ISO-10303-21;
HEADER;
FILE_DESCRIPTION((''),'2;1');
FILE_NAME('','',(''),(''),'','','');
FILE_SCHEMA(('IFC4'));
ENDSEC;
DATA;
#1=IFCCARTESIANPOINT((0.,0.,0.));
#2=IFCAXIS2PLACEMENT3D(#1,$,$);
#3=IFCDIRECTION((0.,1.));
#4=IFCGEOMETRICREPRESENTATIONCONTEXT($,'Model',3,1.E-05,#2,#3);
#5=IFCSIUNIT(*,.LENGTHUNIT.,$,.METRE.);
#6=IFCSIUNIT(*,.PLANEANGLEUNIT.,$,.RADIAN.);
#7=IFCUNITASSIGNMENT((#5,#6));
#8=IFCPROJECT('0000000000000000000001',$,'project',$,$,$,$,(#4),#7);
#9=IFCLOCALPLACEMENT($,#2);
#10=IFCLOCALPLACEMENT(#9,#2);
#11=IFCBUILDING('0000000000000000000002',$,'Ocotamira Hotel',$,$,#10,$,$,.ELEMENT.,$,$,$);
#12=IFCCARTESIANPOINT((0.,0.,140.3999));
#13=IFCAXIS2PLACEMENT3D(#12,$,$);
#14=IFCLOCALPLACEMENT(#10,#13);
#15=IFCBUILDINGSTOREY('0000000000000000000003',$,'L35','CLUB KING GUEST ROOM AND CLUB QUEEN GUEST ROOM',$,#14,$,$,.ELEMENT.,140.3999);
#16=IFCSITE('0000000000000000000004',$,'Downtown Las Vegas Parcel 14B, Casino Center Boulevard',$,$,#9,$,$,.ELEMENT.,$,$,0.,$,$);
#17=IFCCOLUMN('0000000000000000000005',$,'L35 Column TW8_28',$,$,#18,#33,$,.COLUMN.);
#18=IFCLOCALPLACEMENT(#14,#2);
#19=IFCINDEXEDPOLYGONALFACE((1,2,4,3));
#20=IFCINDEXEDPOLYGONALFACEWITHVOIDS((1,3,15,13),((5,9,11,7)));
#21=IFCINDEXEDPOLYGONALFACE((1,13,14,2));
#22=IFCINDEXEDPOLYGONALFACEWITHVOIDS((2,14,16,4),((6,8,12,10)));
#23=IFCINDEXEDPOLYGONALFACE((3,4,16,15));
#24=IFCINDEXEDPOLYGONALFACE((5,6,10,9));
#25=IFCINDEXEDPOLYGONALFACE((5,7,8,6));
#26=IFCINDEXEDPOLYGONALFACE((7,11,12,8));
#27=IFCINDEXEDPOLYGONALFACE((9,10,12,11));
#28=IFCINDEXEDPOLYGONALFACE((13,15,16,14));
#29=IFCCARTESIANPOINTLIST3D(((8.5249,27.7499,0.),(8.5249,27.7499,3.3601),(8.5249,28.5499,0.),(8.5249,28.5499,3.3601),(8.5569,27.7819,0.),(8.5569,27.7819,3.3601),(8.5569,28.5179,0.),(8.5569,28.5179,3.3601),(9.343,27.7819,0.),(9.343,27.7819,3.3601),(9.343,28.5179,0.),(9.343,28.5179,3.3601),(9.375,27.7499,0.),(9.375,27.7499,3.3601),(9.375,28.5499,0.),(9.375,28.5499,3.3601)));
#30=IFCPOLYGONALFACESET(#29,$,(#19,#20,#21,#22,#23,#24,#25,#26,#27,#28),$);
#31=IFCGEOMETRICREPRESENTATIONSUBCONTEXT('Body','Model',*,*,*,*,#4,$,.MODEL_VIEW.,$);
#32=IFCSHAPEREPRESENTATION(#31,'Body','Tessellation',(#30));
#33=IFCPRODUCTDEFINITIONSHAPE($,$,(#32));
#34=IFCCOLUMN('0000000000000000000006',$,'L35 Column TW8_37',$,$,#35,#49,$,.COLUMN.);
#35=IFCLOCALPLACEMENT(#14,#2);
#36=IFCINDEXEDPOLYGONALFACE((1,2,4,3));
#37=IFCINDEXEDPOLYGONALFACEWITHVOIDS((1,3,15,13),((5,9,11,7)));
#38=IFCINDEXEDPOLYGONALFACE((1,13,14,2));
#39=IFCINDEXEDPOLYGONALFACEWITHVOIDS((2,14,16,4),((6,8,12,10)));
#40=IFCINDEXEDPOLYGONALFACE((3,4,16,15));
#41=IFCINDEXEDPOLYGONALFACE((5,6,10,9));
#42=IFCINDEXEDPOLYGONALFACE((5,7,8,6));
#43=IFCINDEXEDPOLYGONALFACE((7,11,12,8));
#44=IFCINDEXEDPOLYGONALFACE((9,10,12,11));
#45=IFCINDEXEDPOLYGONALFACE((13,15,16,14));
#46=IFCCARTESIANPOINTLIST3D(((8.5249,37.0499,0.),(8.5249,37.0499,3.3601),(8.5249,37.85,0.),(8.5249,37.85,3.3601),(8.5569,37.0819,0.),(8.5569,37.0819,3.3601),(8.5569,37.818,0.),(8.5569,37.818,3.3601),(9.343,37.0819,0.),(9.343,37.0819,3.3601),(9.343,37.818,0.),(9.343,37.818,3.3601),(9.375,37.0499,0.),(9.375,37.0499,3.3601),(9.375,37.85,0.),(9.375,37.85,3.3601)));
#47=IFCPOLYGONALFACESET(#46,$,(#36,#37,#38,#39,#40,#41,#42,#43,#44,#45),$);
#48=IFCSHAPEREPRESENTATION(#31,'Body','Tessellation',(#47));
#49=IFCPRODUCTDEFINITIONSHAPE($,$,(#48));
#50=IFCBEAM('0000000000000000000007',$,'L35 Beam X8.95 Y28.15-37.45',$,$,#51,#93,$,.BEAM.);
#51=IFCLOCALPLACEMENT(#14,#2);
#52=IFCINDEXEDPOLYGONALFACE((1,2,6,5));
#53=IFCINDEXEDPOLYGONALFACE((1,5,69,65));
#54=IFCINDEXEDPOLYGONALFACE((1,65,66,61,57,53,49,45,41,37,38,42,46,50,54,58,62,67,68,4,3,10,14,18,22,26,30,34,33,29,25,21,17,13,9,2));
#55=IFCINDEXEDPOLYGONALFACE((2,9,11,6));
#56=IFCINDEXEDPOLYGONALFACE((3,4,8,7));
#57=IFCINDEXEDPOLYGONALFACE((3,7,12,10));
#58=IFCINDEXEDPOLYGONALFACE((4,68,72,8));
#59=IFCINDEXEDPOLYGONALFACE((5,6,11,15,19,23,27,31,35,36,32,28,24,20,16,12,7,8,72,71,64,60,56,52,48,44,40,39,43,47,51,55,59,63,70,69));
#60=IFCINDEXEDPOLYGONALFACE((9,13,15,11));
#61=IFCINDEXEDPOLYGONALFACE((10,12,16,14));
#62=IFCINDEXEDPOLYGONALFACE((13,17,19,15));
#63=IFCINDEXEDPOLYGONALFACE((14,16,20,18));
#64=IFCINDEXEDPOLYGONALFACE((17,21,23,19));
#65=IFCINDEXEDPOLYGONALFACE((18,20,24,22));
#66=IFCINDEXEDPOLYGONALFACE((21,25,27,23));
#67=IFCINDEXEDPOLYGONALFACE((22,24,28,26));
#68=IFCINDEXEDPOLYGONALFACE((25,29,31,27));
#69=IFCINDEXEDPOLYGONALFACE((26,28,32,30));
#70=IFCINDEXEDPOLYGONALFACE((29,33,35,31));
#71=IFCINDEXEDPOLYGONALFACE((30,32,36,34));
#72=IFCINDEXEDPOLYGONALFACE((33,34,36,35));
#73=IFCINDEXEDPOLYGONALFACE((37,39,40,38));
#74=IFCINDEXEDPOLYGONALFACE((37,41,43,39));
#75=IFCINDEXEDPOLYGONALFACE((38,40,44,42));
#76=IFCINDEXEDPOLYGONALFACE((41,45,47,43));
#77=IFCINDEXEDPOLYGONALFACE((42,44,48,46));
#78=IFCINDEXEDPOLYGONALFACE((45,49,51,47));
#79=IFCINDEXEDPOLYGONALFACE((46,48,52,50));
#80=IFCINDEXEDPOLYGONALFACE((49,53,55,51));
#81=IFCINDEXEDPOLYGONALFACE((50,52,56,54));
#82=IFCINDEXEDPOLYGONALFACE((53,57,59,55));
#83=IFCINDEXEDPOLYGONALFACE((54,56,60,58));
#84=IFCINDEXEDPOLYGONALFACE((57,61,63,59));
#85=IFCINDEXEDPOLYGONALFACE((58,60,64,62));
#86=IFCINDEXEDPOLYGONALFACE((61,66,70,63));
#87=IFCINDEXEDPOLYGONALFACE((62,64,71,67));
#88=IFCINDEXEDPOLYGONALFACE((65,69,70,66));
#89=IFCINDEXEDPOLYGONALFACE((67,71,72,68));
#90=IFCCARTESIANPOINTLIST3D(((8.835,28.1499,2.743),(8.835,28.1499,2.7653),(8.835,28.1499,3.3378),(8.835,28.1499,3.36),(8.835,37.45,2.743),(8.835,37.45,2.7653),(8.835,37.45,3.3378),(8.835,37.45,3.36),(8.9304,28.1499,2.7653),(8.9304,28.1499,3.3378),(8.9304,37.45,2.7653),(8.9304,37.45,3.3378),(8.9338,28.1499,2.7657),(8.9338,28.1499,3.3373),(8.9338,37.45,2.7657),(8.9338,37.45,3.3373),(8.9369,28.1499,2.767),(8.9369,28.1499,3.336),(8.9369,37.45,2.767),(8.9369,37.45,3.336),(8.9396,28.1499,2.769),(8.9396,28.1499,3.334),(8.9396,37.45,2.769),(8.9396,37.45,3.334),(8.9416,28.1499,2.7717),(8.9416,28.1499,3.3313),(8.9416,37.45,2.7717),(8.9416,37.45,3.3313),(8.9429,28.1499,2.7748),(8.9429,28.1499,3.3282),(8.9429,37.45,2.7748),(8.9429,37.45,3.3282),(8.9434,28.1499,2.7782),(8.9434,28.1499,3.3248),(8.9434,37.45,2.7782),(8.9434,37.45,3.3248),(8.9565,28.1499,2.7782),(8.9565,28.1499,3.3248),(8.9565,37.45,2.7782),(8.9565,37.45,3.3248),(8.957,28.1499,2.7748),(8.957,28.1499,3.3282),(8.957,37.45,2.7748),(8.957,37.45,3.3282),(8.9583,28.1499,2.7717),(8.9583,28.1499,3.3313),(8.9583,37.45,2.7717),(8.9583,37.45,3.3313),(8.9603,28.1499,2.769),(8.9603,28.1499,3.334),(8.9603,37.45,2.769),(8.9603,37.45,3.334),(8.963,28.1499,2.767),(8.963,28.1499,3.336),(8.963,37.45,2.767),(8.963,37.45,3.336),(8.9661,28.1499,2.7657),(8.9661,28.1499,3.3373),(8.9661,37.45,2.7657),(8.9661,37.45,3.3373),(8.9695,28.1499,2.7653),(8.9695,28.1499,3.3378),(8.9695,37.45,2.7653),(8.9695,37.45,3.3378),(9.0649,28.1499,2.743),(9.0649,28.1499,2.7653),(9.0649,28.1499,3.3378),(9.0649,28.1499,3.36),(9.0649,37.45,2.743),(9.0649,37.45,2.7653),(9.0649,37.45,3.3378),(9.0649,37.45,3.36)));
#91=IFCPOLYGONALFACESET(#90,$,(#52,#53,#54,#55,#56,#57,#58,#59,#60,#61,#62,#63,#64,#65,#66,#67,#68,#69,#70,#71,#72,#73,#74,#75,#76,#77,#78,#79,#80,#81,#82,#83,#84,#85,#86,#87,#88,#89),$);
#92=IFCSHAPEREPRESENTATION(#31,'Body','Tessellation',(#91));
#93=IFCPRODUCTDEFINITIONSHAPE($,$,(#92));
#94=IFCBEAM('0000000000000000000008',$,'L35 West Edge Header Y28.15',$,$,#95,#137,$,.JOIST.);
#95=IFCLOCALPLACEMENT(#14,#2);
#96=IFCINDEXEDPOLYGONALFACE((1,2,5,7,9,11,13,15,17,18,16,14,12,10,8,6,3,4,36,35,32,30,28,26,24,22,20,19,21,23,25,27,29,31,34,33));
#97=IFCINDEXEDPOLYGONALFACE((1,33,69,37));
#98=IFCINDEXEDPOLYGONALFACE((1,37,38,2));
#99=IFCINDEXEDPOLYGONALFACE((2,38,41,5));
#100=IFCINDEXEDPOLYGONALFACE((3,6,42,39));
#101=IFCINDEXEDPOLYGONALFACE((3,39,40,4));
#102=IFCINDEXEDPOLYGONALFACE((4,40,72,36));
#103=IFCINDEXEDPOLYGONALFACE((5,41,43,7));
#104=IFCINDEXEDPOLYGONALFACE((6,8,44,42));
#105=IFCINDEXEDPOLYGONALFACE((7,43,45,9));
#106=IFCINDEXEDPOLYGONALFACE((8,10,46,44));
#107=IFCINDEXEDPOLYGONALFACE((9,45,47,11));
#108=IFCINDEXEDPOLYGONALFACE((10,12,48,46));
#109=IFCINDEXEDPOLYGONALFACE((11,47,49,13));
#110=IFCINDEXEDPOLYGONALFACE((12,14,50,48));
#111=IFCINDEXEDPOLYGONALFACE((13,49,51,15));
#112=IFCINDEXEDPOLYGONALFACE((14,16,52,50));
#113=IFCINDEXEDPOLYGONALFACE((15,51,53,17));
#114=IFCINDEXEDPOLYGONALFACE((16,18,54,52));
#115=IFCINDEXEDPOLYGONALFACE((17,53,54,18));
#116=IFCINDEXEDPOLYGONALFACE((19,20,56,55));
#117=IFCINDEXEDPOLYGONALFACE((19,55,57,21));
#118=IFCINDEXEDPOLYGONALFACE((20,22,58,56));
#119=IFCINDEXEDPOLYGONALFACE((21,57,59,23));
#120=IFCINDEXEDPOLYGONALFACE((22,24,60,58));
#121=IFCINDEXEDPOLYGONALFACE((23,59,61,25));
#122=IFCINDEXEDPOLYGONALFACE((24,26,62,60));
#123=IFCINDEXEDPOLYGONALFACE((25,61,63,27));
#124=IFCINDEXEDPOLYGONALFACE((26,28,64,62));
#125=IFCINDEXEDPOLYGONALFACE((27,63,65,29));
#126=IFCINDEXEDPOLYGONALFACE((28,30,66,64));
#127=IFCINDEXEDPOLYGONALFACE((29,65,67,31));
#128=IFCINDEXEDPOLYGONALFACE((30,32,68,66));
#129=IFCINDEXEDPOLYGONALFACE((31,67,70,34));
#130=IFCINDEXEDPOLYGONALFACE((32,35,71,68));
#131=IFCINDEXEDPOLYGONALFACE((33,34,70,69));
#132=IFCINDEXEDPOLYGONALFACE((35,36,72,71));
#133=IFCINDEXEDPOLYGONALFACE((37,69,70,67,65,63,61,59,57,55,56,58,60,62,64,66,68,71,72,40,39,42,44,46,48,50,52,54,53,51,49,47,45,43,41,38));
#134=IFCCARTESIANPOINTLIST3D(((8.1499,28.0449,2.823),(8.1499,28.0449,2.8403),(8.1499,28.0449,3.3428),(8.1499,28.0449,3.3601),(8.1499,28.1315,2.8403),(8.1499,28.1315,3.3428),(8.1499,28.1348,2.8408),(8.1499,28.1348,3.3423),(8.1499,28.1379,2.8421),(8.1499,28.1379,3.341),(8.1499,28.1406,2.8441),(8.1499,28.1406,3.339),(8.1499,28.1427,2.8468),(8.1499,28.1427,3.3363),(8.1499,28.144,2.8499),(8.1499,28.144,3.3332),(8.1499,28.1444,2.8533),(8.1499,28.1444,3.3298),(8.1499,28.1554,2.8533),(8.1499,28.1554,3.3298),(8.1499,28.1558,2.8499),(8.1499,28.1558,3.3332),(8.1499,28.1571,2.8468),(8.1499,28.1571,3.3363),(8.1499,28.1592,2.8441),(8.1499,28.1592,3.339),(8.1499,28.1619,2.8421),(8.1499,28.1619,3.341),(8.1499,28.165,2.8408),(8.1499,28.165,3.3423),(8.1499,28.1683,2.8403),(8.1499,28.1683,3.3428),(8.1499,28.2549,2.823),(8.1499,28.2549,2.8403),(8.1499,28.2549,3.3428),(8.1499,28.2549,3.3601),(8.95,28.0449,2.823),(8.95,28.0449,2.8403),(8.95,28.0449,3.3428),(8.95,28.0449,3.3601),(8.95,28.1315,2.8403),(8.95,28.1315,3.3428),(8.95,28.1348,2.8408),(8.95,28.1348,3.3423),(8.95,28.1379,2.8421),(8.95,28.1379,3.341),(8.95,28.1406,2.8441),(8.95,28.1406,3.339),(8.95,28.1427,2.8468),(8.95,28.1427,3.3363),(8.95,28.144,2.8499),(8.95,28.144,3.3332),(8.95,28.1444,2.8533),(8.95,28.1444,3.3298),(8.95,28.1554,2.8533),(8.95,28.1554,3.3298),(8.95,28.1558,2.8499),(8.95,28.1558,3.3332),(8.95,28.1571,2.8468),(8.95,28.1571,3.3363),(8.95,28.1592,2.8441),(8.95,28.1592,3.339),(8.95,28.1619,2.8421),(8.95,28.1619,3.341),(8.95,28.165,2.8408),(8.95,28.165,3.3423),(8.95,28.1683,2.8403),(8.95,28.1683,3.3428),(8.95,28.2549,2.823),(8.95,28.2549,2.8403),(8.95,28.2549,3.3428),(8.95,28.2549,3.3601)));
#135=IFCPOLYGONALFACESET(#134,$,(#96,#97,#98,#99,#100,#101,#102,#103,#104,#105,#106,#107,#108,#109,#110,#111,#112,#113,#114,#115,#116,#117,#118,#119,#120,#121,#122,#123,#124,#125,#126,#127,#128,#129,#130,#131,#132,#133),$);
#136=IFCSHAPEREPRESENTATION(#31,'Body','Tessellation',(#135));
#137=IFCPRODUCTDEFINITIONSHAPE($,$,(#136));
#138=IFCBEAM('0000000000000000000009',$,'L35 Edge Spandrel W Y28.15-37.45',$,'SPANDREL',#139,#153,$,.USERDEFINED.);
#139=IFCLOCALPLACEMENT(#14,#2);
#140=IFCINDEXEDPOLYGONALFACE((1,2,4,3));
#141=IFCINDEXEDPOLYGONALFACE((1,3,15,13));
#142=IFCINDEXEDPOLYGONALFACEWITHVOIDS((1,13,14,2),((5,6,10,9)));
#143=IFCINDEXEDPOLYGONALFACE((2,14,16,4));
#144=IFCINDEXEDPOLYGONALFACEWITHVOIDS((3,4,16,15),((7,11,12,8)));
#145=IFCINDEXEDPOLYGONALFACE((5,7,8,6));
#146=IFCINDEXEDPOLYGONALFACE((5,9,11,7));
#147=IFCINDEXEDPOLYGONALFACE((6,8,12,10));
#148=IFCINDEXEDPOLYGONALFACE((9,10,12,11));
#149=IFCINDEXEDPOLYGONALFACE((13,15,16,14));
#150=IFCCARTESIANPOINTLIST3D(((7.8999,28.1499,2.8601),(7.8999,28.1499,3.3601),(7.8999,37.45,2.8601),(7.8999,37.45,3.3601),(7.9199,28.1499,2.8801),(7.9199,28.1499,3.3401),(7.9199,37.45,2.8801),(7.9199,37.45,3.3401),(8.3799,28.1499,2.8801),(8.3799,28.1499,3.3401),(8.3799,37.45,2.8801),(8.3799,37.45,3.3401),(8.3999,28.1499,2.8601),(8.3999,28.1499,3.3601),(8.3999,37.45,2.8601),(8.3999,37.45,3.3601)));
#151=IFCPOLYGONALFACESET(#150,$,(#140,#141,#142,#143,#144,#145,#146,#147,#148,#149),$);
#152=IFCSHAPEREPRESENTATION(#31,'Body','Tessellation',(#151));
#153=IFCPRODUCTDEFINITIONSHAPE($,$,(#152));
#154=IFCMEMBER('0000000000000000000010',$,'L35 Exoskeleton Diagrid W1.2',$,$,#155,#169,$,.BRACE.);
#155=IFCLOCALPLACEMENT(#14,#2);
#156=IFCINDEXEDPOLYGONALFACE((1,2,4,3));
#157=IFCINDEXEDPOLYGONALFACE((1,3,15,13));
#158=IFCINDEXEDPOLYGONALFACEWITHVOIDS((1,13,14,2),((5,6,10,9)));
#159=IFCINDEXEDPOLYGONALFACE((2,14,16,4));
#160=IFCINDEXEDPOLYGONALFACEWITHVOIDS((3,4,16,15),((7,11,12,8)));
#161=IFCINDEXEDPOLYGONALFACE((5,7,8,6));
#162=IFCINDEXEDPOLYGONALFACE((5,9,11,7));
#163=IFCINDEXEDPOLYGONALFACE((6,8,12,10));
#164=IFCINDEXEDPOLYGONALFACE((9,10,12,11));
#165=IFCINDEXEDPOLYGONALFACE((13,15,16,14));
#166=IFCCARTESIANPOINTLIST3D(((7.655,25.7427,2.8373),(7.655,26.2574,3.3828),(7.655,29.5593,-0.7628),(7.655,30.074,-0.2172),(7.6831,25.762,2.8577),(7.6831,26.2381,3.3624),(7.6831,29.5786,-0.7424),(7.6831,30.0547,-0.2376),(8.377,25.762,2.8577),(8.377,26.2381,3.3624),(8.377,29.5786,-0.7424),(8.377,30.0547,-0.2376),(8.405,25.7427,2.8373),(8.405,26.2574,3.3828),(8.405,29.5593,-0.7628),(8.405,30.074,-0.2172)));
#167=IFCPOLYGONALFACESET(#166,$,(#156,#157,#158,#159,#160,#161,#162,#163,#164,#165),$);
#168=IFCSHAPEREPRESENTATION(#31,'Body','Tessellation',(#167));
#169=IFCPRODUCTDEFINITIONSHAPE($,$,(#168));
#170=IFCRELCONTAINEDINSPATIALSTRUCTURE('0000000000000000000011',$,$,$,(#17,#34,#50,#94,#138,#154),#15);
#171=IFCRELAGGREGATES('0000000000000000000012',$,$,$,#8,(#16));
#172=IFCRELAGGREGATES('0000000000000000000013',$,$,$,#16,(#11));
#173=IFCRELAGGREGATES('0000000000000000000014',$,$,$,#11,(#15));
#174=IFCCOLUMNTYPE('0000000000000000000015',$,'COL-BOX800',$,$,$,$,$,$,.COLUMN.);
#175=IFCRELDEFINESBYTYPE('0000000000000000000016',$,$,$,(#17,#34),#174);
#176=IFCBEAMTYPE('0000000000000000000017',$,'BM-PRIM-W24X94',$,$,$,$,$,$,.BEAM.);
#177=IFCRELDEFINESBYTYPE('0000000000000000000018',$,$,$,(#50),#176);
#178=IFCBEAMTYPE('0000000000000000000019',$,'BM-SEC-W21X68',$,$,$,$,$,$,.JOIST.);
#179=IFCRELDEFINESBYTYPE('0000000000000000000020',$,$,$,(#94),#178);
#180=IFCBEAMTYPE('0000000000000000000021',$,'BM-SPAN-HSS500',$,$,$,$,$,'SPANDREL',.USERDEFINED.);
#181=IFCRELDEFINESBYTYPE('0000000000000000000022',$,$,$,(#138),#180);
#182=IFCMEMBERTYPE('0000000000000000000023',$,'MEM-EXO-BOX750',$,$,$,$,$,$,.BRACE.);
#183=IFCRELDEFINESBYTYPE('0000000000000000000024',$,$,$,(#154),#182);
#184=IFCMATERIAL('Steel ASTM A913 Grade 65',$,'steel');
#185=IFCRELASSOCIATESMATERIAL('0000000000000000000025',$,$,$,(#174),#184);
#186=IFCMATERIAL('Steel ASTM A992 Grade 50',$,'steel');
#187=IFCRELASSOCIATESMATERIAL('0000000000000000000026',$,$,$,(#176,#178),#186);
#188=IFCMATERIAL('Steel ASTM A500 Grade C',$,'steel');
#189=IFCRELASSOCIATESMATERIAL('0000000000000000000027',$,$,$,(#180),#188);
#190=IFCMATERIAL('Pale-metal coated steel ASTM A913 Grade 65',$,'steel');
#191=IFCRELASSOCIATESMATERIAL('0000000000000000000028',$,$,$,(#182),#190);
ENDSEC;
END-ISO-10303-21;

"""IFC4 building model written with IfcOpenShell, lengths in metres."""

from ifc_helpers import new_model, si_unit, direction, frame, origin, origin_2d, place, context, subcontext, project, spatial, hollow_rectangle, i_section, extrude, source, transform, mapped, material, material_profile, profile_set, type_object, element, save


model = new_model("IFC4")

# Units and contexts
model_context = context("Model", 3, precision=1e-05, world=origin(), true_north=direction((0.0, 1.0)))
body_context = subcontext(model_context, "Body", "Model", "MODEL_VIEW")
ifc_project = project(units=[si_unit("LENGTHUNIT", "METRE"), si_unit("PLANEANGLEUNIT", "RADIAN")], contexts=[model_context])

# Site, building, storey
site_placement = place(None, origin())
site = spatial("IfcSite", under=ifc_project, at=site_placement, Name="Downtown Las Vegas Parcel 14B, Casino Center Boulevard", CompositionType="ELEMENT", RefElevation=0.0)
building_placement = place(site_placement, origin())
building = spatial("IfcBuilding", under=site, at=building_placement, Name="Ocotamira Hotel", CompositionType="ELEMENT")
storey_placement = place(building_placement, frame((0.0, 0.0, 140.3999)))
storey = spatial("IfcBuildingStorey", under=building, at=storey_placement, Name="L35", Description="CLUB KING GUEST ROOM AND CLUB QUEEN GUEST ROOM", CompositionType="ELEMENT", Elevation=140.3999)

# Columns
ifc_material_1 = material(Name="Steel ASTM A913 Grade 65", Category="steel")
ifc_material_profile_1 = material_profile(ifc_material_1, hollow_rectangle(XDim=0.8501, YDim=0.8, WallThickness=0.032, at=origin_2d()), Name="BOX800X850X32")
ifc_profile_set_1 = profile_set([ifc_material_profile_1], Name="Steel ASTM A913 Grade 65")
column_type = type_object("IfcColumnType", Name="COL-BOX800", PredefinedType="COLUMN", material=ifc_profile_set_1)
shared_shape_1 = source(origin(), body_context, "Body", "SweptSolid", [
    extrude(hollow_rectangle(XDim=0.8501, YDim=0.8, WallThickness=0.032, at=origin_2d()), origin(), (0.0, 0.0, 1.0), 3.3601),
])
for number, where, z_axis, x_axis, name in (
    (1, (8.95, 28.1499, 0.0), (0.0, 0.0, 1.0), (1.0, 0.0, 0.0), "L35 Column TW8_28"),
    (2, (8.95, 37.45, 0.0), (0.0, 0.0, 1.0), (1.0, 0.0, 0.0), "L35 Column TW8_37"),
):
    element("IfcColumn", number, at=place(storey_placement, frame(where, z_axis=z_axis, x_axis=x_axis)), inside=storey, type_object=column_type, Name=name, PredefinedType="COLUMN", context=body_context, shape_type="MappedRepresentation", body=[
        mapped(shared_shape_1, transform((0.0, 0.0, 0.0), scale=1.0)),
    ])

# Beams
ifc_material_2 = material(Name="Steel ASTM A992 Grade 50", Category="steel")
ifc_material_profile_2 = material_profile(ifc_material_2, i_section(OverallWidth=0.23, OverallDepth=0.6169, WebThickness=0.0132, FlangeThickness=0.0222, FilletRadius=0.0129, at=origin_2d()), Name="W24X94")
ifc_profile_set_2 = profile_set([ifc_material_profile_2], Name="Steel ASTM A992 Grade 50")
beam_type_1 = type_object("IfcBeamType", Name="BM-PRIM-W24X94", PredefinedType="BEAM", material=ifc_profile_set_2)
shared_shape_2 = source(origin(), body_context, "Body", "SweptSolid", [
    extrude(i_section(OverallWidth=0.23, OverallDepth=0.6169, WebThickness=0.0132, FlangeThickness=0.0222, FilletRadius=0.0129, at=origin_2d()), origin(), (0.0, 0.0, 1.0), 9.3),
])
beam_1_placement = place(storey_placement, frame((8.95, 28.1499, 3.0515), z_axis=(0.0, 1.0, 0.0), x_axis=(-1.0, 0.0, 0.0)))
element("IfcBeam", 3, at=beam_1_placement, inside=storey, type_object=beam_type_1, Name="L35 Beam X8.95 Y28.15-37.45", PredefinedType="BEAM", context=body_context, shape_type="MappedRepresentation", body=[
    mapped(shared_shape_2, transform((0.0, 0.0, 0.0), scale=1.0)),
])
ifc_material_profile_3 = material_profile(ifc_material_2, i_section(OverallWidth=0.21, OverallDepth=0.5371, WebThickness=0.011, FlangeThickness=0.0173, FilletRadius=0.0129, at=origin_2d()), Name="W21X68")
ifc_profile_set_3 = profile_set([ifc_material_profile_3], Name="Steel ASTM A992 Grade 50")
beam_type_2 = type_object("IfcBeamType", Name="BM-SEC-W21X68", PredefinedType="JOIST", material=ifc_profile_set_3)
shared_shape_3 = source(origin(), body_context, "Body", "SweptSolid", [
    extrude(i_section(OverallWidth=0.21, OverallDepth=0.5371, WebThickness=0.011, FlangeThickness=0.0173, FilletRadius=0.0129, at=origin_2d()), origin(), (0.0, 0.0, 1.0), 0.8),
])
beam_2_placement = place(storey_placement, frame((8.95, 28.1499, 3.0916), z_axis=(-1.0, 0.0, 0.0), x_axis=(0.0, -1.0, 0.0)))
element("IfcBeam", 4, at=beam_2_placement, inside=storey, type_object=beam_type_2, Name="L35 West Edge Header Y28.15", PredefinedType="JOIST", context=body_context, shape_type="MappedRepresentation", body=[
    mapped(shared_shape_3, transform((0.0, 0.0, 0.0), scale=1.0)),
])
ifc_material_3 = material(Name="Steel ASTM A500 Grade C", Category="steel")
ifc_material_profile_4 = material_profile(ifc_material_3, hollow_rectangle(XDim=0.5, YDim=0.5, WallThickness=0.02, at=origin_2d()), Name="HSS500X500X20")
ifc_profile_set_4 = profile_set([ifc_material_profile_4], Name="Steel ASTM A500 Grade C")
beam_type_3 = type_object("IfcBeamType", Name="BM-SPAN-HSS500", ElementType="SPANDREL", PredefinedType="USERDEFINED", material=ifc_profile_set_4)
shared_shape_4 = source(origin(), body_context, "Body", "SweptSolid", [
    extrude(hollow_rectangle(XDim=0.5, YDim=0.5, WallThickness=0.02, at=origin_2d()), origin(), (0.0, 0.0, 1.0), 9.3),
])
beam_3_placement = place(storey_placement, frame((8.1499, 28.1499, 3.1101), z_axis=(0.0, 1.0, 0.0), x_axis=(-1.0, 0.0, 0.0)))
element("IfcBeam", 5, at=beam_3_placement, inside=storey, type_object=beam_type_3, Name="L35 Edge Spandrel W Y28.15-37.45", ObjectType="SPANDREL", PredefinedType="USERDEFINED", context=body_context, shape_type="MappedRepresentation", body=[
    mapped(shared_shape_4, transform((0.0, 0.0, 0.0), scale=1.0)),
])

# Member
ifc_material_4 = material(Name="Pale-metal coated steel ASTM A913 Grade 65", Category="steel")
ifc_material_profile_5 = material_profile(ifc_material_4, hollow_rectangle(XDim=0.75, YDim=0.75, WallThickness=0.0281, at=origin_2d()), Name="BOX750X750X28")
ifc_profile_set_5 = profile_set([ifc_material_profile_5], Name="Pale-metal coated steel ASTM A913 Grade 65")
member_type_1 = type_object("IfcMemberType", Name="MEM-EXO-BOX750", PredefinedType="BRACE", material=ifc_profile_set_5)
shared_shape_5 = source(origin(), body_context, "Body", "SweptSolid", [
    extrude(hollow_rectangle(XDim=0.75, YDim=0.75, WallThickness=0.0281, at=origin_2d()), origin(), (0.0, 0.0, 1.0), 5.2466),
])
for number, where, z_axis, x_axis, name in (
    (6, (8.03, 29.8167, -0.49), (0.0, -0.727443, 0.686168), (1.0, 0.0, 0.0), "L35 Exoskeleton Diagrid W1.2"),
):
    element("IfcMember", number, at=place(storey_placement, frame(where, z_axis=z_axis, x_axis=x_axis)), inside=storey, type_object=member_type_1, Name=name, PredefinedType="BRACE", context=body_context, shape_type="MappedRepresentation", body=[
        mapped(shared_shape_5, transform((0.0, 0.0, 0.0), scale=1.0)),
    ])

save(model, "model.ifc")
